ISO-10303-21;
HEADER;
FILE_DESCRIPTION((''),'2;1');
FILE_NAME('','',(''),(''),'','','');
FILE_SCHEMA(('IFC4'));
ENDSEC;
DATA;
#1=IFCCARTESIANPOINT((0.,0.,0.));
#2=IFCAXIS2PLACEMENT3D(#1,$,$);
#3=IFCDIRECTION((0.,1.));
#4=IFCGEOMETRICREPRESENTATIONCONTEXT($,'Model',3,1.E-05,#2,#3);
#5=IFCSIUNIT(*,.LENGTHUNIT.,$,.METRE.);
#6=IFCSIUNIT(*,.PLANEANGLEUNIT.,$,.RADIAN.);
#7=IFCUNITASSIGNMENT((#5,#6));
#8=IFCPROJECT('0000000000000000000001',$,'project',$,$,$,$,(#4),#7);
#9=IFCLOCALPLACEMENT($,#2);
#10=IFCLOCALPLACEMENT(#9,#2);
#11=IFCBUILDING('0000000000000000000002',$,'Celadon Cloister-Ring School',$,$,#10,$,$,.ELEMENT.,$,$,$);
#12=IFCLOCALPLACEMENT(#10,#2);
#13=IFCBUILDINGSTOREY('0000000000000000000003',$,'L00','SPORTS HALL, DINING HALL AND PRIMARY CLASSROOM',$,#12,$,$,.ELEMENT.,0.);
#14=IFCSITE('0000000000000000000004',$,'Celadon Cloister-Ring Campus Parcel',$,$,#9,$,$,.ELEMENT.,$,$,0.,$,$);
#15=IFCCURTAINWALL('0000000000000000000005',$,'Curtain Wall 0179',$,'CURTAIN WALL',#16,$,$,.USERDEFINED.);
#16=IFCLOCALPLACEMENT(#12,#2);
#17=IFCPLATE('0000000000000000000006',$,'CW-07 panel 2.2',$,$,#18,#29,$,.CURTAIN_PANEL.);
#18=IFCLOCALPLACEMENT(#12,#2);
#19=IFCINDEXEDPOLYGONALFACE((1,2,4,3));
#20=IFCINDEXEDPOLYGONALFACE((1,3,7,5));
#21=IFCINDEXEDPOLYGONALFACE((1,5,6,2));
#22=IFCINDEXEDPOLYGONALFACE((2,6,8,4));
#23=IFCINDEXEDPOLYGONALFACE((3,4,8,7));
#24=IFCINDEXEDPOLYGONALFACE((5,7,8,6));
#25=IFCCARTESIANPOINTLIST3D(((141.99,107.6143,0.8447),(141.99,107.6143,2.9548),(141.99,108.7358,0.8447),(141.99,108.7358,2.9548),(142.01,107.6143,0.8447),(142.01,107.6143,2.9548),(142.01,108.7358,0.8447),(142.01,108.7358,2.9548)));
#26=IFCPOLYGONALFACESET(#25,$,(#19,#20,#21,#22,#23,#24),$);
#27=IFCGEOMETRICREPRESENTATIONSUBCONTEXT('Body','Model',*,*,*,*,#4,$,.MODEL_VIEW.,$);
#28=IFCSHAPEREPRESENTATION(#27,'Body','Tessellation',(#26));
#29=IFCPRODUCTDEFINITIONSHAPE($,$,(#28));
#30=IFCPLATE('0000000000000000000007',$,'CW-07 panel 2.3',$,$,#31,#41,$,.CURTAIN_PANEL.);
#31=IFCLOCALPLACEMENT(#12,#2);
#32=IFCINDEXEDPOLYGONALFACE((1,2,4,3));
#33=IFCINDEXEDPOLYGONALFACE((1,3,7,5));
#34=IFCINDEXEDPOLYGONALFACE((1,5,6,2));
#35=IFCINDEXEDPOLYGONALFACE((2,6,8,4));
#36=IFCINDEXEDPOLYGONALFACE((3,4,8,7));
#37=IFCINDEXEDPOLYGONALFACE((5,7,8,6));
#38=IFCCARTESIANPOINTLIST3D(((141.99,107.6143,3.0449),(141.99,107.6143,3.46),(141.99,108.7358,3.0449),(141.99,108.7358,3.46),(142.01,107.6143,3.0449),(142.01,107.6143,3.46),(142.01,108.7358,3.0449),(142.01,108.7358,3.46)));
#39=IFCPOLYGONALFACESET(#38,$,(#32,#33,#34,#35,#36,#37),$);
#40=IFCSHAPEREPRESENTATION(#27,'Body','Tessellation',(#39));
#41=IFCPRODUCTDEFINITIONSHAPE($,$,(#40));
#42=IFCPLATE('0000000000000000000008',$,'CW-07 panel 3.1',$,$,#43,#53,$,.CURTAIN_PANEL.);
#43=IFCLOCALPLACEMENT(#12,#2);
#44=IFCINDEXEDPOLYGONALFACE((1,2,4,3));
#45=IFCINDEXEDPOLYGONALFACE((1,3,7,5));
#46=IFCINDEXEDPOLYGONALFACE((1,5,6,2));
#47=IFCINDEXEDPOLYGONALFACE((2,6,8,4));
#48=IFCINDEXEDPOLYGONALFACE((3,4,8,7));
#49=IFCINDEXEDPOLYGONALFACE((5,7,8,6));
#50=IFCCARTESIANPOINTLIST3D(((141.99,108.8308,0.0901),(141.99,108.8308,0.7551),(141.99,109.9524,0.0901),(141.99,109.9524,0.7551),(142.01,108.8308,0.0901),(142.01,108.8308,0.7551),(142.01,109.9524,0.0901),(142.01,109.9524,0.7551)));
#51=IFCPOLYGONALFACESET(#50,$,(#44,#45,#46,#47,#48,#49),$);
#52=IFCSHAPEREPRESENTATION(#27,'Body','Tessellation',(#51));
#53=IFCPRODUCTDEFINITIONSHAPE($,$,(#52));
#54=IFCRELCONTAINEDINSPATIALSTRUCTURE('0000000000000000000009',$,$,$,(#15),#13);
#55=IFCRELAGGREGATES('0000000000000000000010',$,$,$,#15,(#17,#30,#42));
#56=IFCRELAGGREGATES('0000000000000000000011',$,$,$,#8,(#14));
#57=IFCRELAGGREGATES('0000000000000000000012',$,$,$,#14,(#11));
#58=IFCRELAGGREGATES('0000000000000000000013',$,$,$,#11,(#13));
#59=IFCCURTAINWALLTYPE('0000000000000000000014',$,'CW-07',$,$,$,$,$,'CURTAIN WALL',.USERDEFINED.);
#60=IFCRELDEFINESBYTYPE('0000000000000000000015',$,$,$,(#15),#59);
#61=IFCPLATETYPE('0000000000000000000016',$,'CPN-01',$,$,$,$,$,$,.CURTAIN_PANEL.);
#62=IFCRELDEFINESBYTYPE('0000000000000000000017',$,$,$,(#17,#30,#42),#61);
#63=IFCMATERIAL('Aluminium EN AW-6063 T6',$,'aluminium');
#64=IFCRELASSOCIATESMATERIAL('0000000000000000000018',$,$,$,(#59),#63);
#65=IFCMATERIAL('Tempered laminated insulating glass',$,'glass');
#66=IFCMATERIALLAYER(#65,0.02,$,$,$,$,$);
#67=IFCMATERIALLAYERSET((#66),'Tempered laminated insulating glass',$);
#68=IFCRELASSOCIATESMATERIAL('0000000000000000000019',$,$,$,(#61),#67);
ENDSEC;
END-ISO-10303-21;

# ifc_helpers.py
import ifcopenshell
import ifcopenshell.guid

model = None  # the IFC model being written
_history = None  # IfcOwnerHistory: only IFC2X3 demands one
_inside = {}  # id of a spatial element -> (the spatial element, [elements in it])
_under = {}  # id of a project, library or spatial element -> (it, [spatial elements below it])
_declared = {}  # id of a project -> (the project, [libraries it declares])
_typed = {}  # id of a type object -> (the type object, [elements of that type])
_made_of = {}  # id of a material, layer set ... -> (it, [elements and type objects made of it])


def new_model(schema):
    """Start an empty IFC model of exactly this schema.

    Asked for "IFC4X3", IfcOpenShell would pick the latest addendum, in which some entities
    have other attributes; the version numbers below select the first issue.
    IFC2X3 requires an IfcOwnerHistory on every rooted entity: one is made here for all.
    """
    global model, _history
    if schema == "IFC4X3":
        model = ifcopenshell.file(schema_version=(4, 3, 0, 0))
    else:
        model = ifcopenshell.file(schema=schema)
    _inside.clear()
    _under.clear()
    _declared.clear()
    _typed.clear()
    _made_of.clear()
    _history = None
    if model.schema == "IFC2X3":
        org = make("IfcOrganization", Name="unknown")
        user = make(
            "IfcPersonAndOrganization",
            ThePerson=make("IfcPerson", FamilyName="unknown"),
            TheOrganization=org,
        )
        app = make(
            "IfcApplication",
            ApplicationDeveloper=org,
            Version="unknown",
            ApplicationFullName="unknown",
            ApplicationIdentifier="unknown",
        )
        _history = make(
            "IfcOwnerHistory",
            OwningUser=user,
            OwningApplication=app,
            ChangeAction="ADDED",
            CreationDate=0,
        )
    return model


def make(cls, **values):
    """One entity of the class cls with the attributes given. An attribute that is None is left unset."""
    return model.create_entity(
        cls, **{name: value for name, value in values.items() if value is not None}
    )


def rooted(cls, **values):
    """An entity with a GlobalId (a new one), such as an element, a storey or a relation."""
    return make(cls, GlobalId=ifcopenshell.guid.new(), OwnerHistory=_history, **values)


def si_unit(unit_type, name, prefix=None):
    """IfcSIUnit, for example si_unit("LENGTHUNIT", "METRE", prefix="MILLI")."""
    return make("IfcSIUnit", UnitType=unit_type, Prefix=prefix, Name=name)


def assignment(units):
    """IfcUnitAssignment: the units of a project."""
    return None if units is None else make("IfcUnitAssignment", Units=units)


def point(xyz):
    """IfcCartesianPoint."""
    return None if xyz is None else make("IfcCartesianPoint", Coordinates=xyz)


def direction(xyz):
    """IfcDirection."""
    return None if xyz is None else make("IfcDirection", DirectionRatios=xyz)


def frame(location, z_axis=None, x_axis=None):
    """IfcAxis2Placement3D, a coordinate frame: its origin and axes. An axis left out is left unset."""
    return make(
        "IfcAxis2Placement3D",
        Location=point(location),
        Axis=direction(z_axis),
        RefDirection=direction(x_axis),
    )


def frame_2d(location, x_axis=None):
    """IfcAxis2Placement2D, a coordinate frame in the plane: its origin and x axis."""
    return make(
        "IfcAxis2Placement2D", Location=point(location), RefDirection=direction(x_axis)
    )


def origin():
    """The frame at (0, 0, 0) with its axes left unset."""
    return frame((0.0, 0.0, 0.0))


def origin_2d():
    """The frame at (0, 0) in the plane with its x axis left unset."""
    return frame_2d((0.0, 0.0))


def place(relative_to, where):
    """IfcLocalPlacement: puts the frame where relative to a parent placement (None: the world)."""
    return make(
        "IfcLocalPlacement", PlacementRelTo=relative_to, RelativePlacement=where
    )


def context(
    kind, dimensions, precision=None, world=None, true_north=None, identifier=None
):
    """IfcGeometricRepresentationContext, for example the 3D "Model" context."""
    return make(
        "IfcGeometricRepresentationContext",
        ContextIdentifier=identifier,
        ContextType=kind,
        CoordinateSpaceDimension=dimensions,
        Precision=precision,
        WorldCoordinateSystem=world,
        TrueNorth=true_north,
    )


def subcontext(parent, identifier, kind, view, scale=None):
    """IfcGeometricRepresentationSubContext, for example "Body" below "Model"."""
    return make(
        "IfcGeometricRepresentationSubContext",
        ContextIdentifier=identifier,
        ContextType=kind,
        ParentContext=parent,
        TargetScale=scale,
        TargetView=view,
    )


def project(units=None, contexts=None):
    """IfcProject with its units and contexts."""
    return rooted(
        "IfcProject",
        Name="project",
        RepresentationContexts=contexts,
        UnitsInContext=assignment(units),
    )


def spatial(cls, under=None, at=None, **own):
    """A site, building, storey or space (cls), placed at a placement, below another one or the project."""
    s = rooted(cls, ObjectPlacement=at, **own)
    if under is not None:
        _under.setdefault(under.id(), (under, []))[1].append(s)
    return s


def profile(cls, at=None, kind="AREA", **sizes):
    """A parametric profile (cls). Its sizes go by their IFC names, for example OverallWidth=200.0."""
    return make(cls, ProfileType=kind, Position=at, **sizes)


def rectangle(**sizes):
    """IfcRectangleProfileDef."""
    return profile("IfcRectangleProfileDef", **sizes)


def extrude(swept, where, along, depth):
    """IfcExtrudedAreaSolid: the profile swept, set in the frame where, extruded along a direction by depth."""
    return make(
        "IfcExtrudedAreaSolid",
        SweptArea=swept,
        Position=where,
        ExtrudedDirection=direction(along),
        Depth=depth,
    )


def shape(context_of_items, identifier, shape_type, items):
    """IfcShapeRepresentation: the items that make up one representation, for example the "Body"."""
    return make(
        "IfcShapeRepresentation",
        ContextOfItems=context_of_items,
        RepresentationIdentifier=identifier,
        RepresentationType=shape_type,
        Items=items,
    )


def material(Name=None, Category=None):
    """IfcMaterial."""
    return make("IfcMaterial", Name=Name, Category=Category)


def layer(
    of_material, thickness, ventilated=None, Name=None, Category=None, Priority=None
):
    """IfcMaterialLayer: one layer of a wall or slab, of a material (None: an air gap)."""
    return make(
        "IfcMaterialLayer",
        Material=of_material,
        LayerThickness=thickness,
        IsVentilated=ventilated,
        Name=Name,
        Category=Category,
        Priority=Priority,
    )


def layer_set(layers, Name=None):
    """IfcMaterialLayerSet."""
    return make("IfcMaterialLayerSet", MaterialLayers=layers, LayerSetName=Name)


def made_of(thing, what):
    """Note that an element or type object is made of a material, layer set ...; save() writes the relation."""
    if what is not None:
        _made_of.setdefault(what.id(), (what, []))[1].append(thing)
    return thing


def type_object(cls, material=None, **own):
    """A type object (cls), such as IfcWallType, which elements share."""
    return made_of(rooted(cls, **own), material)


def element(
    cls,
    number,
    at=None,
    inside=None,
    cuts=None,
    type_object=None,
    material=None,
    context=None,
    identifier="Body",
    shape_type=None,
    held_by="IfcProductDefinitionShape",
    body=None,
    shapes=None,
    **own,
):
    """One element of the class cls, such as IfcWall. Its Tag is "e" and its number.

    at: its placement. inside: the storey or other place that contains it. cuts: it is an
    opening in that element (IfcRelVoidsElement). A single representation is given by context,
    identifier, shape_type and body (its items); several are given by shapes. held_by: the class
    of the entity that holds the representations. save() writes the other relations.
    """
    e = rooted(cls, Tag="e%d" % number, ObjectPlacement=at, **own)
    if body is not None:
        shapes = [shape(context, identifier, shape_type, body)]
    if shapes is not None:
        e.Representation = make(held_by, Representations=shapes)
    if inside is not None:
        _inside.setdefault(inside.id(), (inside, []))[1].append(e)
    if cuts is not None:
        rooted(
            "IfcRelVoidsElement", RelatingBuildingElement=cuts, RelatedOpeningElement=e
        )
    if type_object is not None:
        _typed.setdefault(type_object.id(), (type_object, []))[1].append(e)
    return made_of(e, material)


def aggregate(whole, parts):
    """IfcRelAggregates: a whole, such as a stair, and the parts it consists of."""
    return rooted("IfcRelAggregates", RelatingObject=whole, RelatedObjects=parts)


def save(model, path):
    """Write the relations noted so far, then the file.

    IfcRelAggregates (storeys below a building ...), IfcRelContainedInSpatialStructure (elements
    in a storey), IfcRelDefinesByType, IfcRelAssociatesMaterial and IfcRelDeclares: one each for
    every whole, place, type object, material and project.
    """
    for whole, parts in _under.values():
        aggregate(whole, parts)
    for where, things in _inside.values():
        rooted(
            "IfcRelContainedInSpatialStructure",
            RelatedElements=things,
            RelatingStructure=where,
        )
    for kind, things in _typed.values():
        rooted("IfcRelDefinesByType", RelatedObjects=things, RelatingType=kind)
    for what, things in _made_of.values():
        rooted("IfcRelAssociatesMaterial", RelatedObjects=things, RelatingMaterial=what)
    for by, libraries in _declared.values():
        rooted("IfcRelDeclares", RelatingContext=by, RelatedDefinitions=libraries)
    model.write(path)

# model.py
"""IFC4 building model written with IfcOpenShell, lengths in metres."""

from ifc_helpers import new_model, si_unit, direction, frame, origin, origin_2d, place, context, subcontext, project, spatial, rectangle, extrude, material, layer, layer_set, type_object, element, aggregate, save


model = new_model("IFC4")

# Units and contexts
model_context = context("Model", 3, precision=1e-05, world=origin(), true_north=direction((0.0, 1.0)))
body_context = subcontext(model_context, "Body", "Model", "MODEL_VIEW")
ifc_project = project(units=[si_unit("LENGTHUNIT", "METRE"), si_unit("PLANEANGLEUNIT", "RADIAN")], contexts=[model_context])

# Site, building, storey
site_placement = place(None, origin())
site = spatial("IfcSite", under=ifc_project, at=site_placement, Name="Celadon Cloister-Ring Campus Parcel", CompositionType="ELEMENT", RefElevation=0.0)
building_placement = place(site_placement, origin())
building = spatial("IfcBuilding", under=site, at=building_placement, Name="Celadon Cloister-Ring School", CompositionType="ELEMENT")
storey_placement = place(building_placement, origin())
storey = spatial("IfcBuildingStorey", under=building, at=storey_placement, Name="L00", Description="SPORTS HALL, DINING HALL AND PRIMARY CLASSROOM", CompositionType="ELEMENT", Elevation=0.0)

# Curtain wall
ifc_material_1 = material(Name="Aluminium EN AW-6063 T6", Category="aluminium")
curtain_wall_type = type_object("IfcCurtainWallType", Name="CW-07", ElementType="CURTAIN WALL", PredefinedType="USERDEFINED", material=ifc_material_1)
curtain_wall_placement = place(storey_placement, origin())
curtain_wall = element("IfcCurtainWall", 1, at=curtain_wall_placement, inside=storey, type_object=curtain_wall_type, Name="Curtain Wall 0179", ObjectType="CURTAIN WALL", PredefinedType="USERDEFINED")

# Plates
ifc_material_2 = material(Name="Tempered laminated insulating glass", Category="glass")
ifc_layer = layer(ifc_material_2, 0.02)
ifc_layer_set = layer_set([ifc_layer], Name="Tempered laminated insulating glass")
plate_type = type_object("IfcPlateType", Name="CPN-01", PredefinedType="CURTAIN_PANEL", material=ifc_layer_set)
plate_1_placement = place(storey_placement, frame((142.0, 108.175, 0.8447), z_axis=(0.0, 0.0, 1.0), x_axis=(0.0, 1.0, 0.0)))
plate_1 = element("IfcPlate", 2, at=plate_1_placement, type_object=plate_type, Name="CW-07 panel 2.2", PredefinedType="CURTAIN_PANEL", context=body_context, shape_type="SweptSolid", body=[
    extrude(rectangle(XDim=1.1216, YDim=0.02, at=origin_2d()), origin(), (0.0, 0.0, 1.0), 2.1101),
])
plate_2_placement = place(storey_placement, frame((142.0, 108.175, 3.0449), z_axis=(0.0, 0.0, 1.0), x_axis=(0.0, 1.0, 0.0)))
plate_2 = element("IfcPlate", 3, at=plate_2_placement, type_object=plate_type, Name="CW-07 panel 2.3", PredefinedType="CURTAIN_PANEL", context=body_context, shape_type="SweptSolid", body=[
    extrude(rectangle(XDim=1.1216, YDim=0.02, at=origin_2d()), origin(), (0.0, 0.0, 1.0), 0.415),
])
plate_3_placement = place(storey_placement, frame((142.0, 109.3916, 0.0901), z_axis=(0.0, 0.0, 1.0), x_axis=(0.0, 1.0, 0.0)))
plate_3 = element("IfcPlate", 4, at=plate_3_placement, type_object=plate_type, Name="CW-07 panel 3.1", PredefinedType="CURTAIN_PANEL", context=body_context, shape_type="SweptSolid", body=[
    extrude(rectangle(XDim=1.1216, YDim=0.02, at=origin_2d()), origin(), (0.0, 0.0, 1.0), 0.665),
])
aggregate(curtain_wall, [plate_1, plate_2, plate_3])

save(model, "model.ifc")
